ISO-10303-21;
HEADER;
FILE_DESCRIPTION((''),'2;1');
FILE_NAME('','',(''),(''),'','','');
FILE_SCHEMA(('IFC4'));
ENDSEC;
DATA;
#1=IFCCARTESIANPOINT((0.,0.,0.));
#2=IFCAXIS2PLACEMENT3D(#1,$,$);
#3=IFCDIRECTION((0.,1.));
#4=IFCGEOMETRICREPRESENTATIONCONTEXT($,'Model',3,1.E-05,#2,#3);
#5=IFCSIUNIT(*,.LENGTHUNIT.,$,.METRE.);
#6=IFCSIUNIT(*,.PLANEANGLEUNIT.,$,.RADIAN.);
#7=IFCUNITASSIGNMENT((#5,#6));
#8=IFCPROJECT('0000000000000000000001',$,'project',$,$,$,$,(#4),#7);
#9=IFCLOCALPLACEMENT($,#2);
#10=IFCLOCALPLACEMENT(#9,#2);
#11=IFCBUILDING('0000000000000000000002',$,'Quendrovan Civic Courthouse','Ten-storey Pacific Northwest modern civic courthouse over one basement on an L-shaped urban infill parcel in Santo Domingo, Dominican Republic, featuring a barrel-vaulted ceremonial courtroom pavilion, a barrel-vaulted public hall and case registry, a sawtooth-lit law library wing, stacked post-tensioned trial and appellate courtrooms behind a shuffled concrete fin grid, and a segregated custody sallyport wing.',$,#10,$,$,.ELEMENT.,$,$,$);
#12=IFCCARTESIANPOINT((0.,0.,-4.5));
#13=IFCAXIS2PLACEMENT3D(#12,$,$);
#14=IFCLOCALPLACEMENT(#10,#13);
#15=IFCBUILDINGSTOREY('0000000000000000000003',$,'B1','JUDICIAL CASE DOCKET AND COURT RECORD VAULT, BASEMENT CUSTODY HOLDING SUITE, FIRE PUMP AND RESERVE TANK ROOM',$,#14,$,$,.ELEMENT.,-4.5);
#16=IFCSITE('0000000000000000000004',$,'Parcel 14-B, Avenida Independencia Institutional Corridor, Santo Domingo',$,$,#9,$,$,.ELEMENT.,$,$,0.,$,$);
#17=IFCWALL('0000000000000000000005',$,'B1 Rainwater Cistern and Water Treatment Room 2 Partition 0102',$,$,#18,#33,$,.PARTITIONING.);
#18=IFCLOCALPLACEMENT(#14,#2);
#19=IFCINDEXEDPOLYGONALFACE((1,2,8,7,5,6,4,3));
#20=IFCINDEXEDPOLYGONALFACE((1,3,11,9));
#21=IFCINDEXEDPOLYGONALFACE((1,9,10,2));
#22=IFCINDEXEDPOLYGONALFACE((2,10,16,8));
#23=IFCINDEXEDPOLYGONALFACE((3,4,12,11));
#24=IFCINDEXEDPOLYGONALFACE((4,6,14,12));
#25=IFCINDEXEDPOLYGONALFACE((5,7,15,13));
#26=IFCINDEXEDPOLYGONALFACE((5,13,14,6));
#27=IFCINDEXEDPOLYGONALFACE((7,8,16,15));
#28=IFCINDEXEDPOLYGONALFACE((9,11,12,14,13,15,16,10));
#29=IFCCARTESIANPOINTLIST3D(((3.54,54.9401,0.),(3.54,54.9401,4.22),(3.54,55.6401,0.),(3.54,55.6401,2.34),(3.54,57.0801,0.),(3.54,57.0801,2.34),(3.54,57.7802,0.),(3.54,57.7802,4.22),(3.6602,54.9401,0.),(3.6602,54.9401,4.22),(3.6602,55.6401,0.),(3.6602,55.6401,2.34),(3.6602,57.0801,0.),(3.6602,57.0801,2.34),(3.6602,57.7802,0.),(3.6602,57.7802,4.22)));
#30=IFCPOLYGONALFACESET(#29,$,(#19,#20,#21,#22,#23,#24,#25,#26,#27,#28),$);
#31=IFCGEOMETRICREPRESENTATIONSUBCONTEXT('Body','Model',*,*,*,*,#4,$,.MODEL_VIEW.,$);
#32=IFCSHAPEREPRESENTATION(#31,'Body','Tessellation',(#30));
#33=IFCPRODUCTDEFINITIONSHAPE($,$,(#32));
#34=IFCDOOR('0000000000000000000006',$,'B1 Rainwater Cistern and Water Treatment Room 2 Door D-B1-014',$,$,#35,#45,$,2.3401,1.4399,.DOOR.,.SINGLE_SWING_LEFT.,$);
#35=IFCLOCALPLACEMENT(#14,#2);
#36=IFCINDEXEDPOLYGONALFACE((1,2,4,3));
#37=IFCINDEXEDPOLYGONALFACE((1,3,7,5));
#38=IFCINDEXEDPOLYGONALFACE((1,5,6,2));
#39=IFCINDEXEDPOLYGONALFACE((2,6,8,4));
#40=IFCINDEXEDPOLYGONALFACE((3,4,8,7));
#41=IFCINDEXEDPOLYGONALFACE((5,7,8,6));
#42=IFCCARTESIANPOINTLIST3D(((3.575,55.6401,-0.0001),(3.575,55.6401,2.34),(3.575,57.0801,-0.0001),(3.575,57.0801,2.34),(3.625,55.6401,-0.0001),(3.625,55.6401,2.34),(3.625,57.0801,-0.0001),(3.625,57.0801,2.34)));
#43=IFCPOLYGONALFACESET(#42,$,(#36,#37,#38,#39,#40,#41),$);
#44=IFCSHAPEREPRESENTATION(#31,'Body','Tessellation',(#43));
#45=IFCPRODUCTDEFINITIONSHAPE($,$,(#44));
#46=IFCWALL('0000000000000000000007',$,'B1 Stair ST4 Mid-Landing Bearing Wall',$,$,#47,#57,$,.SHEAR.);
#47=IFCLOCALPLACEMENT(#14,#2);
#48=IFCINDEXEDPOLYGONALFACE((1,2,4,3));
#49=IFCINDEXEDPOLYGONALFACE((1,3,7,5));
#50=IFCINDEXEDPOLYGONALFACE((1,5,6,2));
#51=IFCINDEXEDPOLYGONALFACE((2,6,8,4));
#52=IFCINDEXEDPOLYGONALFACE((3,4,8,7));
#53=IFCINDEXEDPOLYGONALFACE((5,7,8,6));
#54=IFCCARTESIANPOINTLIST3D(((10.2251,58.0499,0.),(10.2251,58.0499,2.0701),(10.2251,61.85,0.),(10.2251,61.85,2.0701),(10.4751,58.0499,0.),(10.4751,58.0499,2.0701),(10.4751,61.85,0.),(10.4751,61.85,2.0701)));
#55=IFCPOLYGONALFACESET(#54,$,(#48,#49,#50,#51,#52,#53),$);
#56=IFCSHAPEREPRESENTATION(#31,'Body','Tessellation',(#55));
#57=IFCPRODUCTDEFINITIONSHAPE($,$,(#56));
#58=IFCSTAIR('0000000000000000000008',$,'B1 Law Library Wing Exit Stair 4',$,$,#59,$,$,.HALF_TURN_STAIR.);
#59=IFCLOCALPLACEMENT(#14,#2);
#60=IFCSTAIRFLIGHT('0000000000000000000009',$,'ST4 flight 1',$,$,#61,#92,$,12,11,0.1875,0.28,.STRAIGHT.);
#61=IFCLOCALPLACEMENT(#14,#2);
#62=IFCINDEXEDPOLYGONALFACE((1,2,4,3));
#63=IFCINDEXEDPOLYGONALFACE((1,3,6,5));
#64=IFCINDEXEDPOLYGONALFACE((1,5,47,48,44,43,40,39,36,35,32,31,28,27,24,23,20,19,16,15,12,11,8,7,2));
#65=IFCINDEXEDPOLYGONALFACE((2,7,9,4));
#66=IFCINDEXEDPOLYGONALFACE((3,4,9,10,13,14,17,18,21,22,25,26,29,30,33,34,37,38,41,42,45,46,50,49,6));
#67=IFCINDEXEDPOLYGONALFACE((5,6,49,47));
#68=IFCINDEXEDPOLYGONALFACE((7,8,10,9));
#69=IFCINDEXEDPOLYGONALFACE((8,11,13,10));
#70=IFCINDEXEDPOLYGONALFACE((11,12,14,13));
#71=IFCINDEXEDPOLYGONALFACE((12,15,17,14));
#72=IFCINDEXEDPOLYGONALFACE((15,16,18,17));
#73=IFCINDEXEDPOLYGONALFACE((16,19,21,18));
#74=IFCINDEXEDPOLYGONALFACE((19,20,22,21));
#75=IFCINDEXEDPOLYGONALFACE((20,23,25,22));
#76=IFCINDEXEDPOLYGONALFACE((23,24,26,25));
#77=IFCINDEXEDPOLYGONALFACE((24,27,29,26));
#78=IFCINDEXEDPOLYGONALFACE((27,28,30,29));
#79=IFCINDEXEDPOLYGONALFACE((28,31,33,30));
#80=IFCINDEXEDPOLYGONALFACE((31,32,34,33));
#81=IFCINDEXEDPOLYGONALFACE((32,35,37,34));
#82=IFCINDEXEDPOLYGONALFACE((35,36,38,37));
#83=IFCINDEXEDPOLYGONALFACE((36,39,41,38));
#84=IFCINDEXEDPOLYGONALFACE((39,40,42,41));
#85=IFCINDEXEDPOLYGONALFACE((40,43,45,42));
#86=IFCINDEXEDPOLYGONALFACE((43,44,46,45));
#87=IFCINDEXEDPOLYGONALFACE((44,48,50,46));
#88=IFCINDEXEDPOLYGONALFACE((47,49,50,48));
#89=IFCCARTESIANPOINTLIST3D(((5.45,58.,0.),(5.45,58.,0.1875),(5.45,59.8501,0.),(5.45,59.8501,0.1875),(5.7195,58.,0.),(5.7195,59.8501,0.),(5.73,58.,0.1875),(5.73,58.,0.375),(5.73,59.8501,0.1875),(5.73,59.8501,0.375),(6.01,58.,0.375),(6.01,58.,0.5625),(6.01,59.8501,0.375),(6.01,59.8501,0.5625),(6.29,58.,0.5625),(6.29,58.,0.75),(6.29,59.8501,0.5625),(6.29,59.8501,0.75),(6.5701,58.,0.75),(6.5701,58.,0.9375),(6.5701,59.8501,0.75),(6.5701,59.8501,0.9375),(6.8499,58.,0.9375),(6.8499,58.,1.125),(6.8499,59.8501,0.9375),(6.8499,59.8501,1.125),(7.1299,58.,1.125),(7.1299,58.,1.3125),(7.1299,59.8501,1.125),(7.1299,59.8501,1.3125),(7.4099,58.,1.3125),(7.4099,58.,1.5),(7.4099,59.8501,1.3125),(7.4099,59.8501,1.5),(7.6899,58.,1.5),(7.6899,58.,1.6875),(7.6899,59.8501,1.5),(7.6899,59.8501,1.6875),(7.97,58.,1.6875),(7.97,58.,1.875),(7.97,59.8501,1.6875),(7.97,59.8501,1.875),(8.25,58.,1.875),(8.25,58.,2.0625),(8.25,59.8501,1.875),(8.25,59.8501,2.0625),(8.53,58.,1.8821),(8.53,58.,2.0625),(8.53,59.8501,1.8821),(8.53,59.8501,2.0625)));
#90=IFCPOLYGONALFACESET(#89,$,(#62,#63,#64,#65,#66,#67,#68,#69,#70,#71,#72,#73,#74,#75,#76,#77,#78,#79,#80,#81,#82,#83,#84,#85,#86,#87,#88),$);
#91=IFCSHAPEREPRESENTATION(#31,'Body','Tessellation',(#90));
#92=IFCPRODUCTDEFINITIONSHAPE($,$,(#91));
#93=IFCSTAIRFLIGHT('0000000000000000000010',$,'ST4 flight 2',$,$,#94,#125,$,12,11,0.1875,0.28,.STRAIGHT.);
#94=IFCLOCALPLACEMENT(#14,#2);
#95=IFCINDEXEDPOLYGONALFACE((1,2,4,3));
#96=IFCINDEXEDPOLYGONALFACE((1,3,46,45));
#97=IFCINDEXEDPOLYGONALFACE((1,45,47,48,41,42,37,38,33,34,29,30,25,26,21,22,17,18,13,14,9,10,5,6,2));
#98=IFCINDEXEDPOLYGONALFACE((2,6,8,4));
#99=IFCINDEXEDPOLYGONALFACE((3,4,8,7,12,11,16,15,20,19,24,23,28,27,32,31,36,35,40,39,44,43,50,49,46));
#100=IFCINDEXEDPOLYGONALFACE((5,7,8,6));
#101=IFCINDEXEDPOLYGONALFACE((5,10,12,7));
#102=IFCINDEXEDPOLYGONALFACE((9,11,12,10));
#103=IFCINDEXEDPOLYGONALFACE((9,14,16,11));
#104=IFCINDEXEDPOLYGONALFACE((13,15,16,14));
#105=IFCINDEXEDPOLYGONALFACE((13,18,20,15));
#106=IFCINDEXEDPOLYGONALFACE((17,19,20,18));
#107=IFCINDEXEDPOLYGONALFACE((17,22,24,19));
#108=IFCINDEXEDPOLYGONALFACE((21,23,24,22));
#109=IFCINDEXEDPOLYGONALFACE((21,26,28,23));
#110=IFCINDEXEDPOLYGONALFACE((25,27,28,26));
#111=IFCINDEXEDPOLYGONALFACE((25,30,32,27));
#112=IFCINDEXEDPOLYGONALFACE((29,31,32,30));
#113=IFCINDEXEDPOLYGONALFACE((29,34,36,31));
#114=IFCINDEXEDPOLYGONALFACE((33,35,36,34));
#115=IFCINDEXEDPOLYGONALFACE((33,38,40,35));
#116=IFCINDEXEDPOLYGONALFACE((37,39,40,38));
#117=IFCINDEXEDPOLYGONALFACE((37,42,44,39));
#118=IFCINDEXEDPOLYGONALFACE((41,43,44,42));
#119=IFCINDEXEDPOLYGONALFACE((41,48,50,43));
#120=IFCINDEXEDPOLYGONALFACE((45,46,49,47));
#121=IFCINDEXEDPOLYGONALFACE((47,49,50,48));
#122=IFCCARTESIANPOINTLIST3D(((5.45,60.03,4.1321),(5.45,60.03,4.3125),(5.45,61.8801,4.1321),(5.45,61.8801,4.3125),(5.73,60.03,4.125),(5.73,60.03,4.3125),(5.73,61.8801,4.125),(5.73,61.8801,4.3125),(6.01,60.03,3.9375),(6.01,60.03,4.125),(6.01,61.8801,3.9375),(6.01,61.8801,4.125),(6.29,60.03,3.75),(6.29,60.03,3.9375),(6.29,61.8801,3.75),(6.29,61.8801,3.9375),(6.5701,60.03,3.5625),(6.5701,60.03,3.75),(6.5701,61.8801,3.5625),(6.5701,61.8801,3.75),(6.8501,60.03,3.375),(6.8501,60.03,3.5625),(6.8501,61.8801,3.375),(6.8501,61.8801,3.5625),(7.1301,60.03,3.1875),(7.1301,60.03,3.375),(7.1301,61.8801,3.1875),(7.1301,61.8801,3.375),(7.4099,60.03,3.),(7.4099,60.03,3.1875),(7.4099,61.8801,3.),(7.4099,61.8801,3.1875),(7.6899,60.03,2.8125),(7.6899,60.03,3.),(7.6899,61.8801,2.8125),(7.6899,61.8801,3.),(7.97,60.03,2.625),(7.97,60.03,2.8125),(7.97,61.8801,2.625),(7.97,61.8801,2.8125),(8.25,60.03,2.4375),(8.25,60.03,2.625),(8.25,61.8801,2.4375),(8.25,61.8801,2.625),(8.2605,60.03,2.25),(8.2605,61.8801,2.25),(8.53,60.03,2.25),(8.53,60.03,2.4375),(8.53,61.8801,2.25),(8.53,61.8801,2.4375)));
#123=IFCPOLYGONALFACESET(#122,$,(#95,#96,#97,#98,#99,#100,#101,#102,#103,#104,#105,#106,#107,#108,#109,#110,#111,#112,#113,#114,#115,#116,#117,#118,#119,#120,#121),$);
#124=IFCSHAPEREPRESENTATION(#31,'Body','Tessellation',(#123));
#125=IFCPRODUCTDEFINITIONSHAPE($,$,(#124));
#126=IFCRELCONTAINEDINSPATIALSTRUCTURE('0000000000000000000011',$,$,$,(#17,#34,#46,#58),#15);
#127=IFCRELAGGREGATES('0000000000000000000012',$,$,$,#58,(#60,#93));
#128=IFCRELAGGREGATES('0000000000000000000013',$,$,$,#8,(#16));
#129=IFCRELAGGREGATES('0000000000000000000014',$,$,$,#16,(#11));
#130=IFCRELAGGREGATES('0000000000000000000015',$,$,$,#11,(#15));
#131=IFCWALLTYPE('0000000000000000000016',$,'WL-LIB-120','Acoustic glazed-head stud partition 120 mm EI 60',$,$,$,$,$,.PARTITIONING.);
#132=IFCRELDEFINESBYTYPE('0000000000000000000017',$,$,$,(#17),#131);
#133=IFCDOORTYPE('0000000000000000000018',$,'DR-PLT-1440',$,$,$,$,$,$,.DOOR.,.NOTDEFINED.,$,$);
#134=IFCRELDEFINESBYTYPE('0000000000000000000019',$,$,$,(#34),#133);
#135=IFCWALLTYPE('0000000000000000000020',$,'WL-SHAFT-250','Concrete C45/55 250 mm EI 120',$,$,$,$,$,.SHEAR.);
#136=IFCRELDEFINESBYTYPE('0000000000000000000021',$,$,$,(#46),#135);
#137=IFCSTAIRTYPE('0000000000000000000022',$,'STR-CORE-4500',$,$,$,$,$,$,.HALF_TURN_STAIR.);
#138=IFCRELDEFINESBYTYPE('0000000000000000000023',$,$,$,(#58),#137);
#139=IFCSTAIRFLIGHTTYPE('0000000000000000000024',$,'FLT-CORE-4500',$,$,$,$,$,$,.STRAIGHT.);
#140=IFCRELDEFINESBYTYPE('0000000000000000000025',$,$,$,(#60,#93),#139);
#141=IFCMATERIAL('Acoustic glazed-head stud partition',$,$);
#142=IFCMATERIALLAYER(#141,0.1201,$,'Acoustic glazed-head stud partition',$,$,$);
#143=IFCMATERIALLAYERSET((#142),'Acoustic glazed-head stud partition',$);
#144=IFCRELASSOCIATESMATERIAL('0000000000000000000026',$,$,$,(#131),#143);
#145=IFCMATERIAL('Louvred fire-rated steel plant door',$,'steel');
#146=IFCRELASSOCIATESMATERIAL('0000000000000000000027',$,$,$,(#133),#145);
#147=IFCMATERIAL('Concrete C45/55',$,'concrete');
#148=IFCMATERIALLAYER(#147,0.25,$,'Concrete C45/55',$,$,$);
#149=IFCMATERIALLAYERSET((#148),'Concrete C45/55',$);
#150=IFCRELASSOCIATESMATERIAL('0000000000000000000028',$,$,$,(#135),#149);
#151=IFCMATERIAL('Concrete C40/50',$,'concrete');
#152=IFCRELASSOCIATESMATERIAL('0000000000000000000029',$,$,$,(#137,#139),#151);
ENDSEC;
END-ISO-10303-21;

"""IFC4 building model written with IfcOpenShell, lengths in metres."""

from ifc_helpers import new_model, si_unit, direction, frame, frame_2d, origin, place, context, subcontext, project, spatial, polyline, rectangle, outline, extrude, material, layer, layer_set, type_object, element, fill, aggregate, save


model = new_model("IFC4")

# Units and contexts
model_context = context("Model", 3, precision=1e-05, world=origin(), true_north=direction((0.0, 1.0)))
body_context = subcontext(model_context, "Body", "Model", "MODEL_VIEW")
ifc_project = project(units=[si_unit("LENGTHUNIT", "METRE"), si_unit("PLANEANGLEUNIT", "RADIAN")], contexts=[model_context])

# Site, building, storey
site_placement = place(None, origin())
site = spatial("IfcSite", under=ifc_project, at=site_placement, Name="Parcel 14-B, Avenida Independencia Institutional Corridor, Santo Domingo", CompositionType="ELEMENT", RefElevation=0.0)
building_placement = place(site_placement, origin())
building = spatial("IfcBuilding", under=site, at=building_placement, Name="Quendrovan Civic Courthouse", Description="Ten-storey Pacific Northwest modern civic courthouse over one basement on an L-shaped urban infill parcel in Santo Domingo, Dominican Republic, featuring a barrel-vaulted ceremonial courtroom pavilion, a barrel-vaulted public hall and case registry, a sawtooth-lit law library wing, stacked post-tensioned trial and appellate courtrooms behind a shuffled concrete fin grid, and a segregated custody sallyport wing.", CompositionType="ELEMENT")
storey_placement = place(building_placement, frame((0.0, 0.0, -4.5)))
storey = spatial("IfcBuildingStorey", under=building, at=storey_placement, Name="B1", Description="JUDICIAL CASE DOCKET AND COURT RECORD VAULT, BASEMENT CUSTODY HOLDING SUITE, FIRE PUMP AND RESERVE TANK ROOM", CompositionType="ELEMENT", Elevation=-4.5)

# Shared definitions
ifc_material_1 = material(Name="Concrete C45/55", Category="concrete")

# Wall, opening, door
ifc_material_2 = material(Name="Acoustic glazed-head stud partition")
ifc_layer_1 = layer(ifc_material_2, 0.1201, Name="Acoustic glazed-head stud partition")
ifc_layer_set_1 = layer_set([ifc_layer_1], Name="Acoustic glazed-head stud partition")
wall_type_1 = type_object("IfcWallType", Name="WL-LIB-120", Description="Acoustic glazed-head stud partition 120 mm EI 60", PredefinedType="PARTITIONING", material=ifc_layer_set_1)
wall_1_placement = place(storey_placement, frame((3.6001, 57.78, 0.0), z_axis=(0.0, 0.0, 1.0), x_axis=(0.0, -1.0, 0.0)))
wall_1 = element("IfcWall", 1, at=wall_1_placement, inside=storey, type_object=wall_type_1, Name="B1 Rainwater Cistern and Water Treatment Room 2 Partition 0102", PredefinedType="PARTITIONING", context=body_context, shape_type="SweptSolid", body=[
    extrude(rectangle(XDim=2.8401, YDim=0.1201, at=frame_2d((1.4199, 0.0))), origin(), (0.0, 0.0, 1.0), 4.22),
])
opening_1_placement = place(wall_1_placement, frame((0.7, 0.0, 0.0)))
opening_1 = element("IfcOpeningElement", 2, at=opening_1_placement, cuts=wall_1, PredefinedType="OPENING", context=body_context, shape_type="SweptSolid", body=[
    extrude(rectangle(XDim=1.4399, YDim=2.3401, at=frame_2d((0.72, 1.1699))), frame((0.0, 0.0701, 0.0), z_axis=(0.0, -1.0, 0.0), x_axis=(1.0, 0.0, 0.0)), (0.0, 0.0, 1.0), 0.1401),
])
ifc_material_3 = material(Name="Louvred fire-rated steel plant door", Category="steel")
door_type_1 = type_object("IfcDoorType", Name="DR-PLT-1440", OperationType="NOTDEFINED", PredefinedType="DOOR", material=ifc_material_3)
door_1_placement = place(opening_1_placement, origin())
door_1 = element("IfcDoor", 3, at=door_1_placement, inside=storey, type_object=door_type_1, Name="B1 Rainwater Cistern and Water Treatment Room 2 Door D-B1-014", OperationType="SINGLE_SWING_LEFT", OverallHeight=2.3401, OverallWidth=1.4399, PredefinedType="DOOR", context=body_context, shape_type="SweptSolid", body=[
    extrude(rectangle(XDim=1.4399, YDim=2.3401, at=frame_2d((0.72, 1.1699))), frame((0.0, 0.0249, 0.0), z_axis=(0.0, -1.0, 0.0), x_axis=(1.0, 0.0, 0.0)), (0.0, 0.0, 1.0), 0.05),
])
fill(opening_1, door_1)

# Wall
ifc_layer_2 = layer(ifc_material_1, 0.25, Name="Concrete C45/55")
ifc_layer_set_2 = layer_set([ifc_layer_2], Name="Concrete C45/55")
wall_type_2 = type_object("IfcWallType", Name="WL-SHAFT-250", Description="Concrete C45/55 250 mm EI 120", PredefinedType="SHEAR", material=ifc_layer_set_2)
wall_2_placement = place(storey_placement, frame((10.3501, 58.05, 0.0), z_axis=(0.0, 0.0, 1.0), x_axis=(0.0, 1.0, 0.0)))
element("IfcWall", 4, at=wall_2_placement, inside=storey, type_object=wall_type_2, Name="B1 Stair ST4 Mid-Landing Bearing Wall", PredefinedType="SHEAR", context=body_context, shape_type="SweptSolid", body=[
    extrude(rectangle(XDim=3.8, YDim=0.25, at=frame_2d((1.8999, 0.0))), origin(), (0.0, 0.0, 1.0), 2.0701),
])

# Stair, stair flights
ifc_material_4 = material(Name="Concrete C40/50", Category="concrete")
stair_type = type_object("IfcStairType", Name="STR-CORE-4500", PredefinedType="HALF_TURN_STAIR", material=ifc_material_4)
stair_placement = place(storey_placement, origin())
stair = element("IfcStair", 5, at=stair_placement, inside=storey, type_object=stair_type, Name="B1 Law Library Wing Exit Stair 4", PredefinedType="HALF_TURN_STAIR")
stair_flight_type = type_object("IfcStairFlightType", Name="FLT-CORE-4500", PredefinedType="STRAIGHT", material=ifc_material_4)
stair_flight_1_placement = place(storey_placement, frame((5.45, 58.925, 0.0), z_axis=(0.0, 0.0, 1.0), x_axis=(1.0, 0.0, 0.0)))
stair_flight_1 = element("IfcStairFlight", 6, at=stair_flight_1_placement, type_object=stair_flight_type, Name="ST4 flight 1", NumberOfRisers=12, NumberOfTreads=11, PredefinedType="STRAIGHT", RiserHeight=0.1875, TreadLength=0.28, context=body_context, shape_type="SweptSolid", body=[
    extrude(outline(polyline([(0.0, 0.0), (0.0, 0.1875), (0.28, 0.1875), (0.28, 0.375), (0.5601, 0.375), (0.5601, 0.5625), (0.8401, 0.5625), (0.8401, 0.75), (1.1201, 0.75), (1.1201, 0.9375), (1.3999, 0.9375), (1.3999, 1.125), (1.6799, 1.125), (1.6799, 1.3125), (1.96, 1.3125), (1.96, 1.5), (2.24, 1.5), (2.24, 1.6875), (2.52, 1.6875), (2.52, 1.875), (2.8, 1.875), (2.8, 2.0625), (3.0801, 2.0625), (3.0801, 2.25), (3.0801, 1.8821), (0.2695, 0.0), (0.0, 0.0)])), frame((0.0, 0.925, 0.0), z_axis=(0.0, -1.0, 0.0), x_axis=(1.0, 0.0, 0.0)), (0.0, 0.0, 1.0), 1.8501),
])
stair_flight_2_placement = place(storey_placement, frame((8.53, 60.9551, 2.25), z_axis=(0.0, 0.0, 1.0), x_axis=(-1.0, 0.0, 0.0)))
stair_flight_2 = element("IfcStairFlight", 7, at=stair_flight_2_placement, type_object=stair_flight_type, Name="ST4 flight 2", NumberOfRisers=12, NumberOfTreads=11, PredefinedType="STRAIGHT", RiserHeight=0.1875, TreadLength=0.28, context=body_context, shape_type="SweptSolid", body=[
    extrude(outline(polyline([(0.0, 0.0), (0.0, 0.1875), (0.28, 0.1875), (0.28, 0.375), (0.5601, 0.375), (0.5601, 0.5625), (0.8401, 0.5625), (0.8401, 0.75), (1.1201, 0.75), (1.1201, 0.9375), (1.3999, 0.9375), (1.3999, 1.125), (1.6799, 1.125), (1.6799, 1.3125), (1.96, 1.3125), (1.96, 1.5), (2.24, 1.5), (2.24, 1.6875), (2.52, 1.6875), (2.52, 1.875), (2.8, 1.875), (2.8, 2.0625), (3.0801, 2.0625), (3.0801, 2.25), (3.0801, 1.8821), (0.2695, 0.0), (0.0, 0.0)])), frame((0.0, 0.925, 0.0), z_axis=(0.0, -1.0, 0.0), x_axis=(1.0, 0.0, 0.0)), (0.0, 0.0, 1.0), 1.8501),
])
aggregate(stair, [stair_flight_1, stair_flight_2])

save(model, "model.ifc")
